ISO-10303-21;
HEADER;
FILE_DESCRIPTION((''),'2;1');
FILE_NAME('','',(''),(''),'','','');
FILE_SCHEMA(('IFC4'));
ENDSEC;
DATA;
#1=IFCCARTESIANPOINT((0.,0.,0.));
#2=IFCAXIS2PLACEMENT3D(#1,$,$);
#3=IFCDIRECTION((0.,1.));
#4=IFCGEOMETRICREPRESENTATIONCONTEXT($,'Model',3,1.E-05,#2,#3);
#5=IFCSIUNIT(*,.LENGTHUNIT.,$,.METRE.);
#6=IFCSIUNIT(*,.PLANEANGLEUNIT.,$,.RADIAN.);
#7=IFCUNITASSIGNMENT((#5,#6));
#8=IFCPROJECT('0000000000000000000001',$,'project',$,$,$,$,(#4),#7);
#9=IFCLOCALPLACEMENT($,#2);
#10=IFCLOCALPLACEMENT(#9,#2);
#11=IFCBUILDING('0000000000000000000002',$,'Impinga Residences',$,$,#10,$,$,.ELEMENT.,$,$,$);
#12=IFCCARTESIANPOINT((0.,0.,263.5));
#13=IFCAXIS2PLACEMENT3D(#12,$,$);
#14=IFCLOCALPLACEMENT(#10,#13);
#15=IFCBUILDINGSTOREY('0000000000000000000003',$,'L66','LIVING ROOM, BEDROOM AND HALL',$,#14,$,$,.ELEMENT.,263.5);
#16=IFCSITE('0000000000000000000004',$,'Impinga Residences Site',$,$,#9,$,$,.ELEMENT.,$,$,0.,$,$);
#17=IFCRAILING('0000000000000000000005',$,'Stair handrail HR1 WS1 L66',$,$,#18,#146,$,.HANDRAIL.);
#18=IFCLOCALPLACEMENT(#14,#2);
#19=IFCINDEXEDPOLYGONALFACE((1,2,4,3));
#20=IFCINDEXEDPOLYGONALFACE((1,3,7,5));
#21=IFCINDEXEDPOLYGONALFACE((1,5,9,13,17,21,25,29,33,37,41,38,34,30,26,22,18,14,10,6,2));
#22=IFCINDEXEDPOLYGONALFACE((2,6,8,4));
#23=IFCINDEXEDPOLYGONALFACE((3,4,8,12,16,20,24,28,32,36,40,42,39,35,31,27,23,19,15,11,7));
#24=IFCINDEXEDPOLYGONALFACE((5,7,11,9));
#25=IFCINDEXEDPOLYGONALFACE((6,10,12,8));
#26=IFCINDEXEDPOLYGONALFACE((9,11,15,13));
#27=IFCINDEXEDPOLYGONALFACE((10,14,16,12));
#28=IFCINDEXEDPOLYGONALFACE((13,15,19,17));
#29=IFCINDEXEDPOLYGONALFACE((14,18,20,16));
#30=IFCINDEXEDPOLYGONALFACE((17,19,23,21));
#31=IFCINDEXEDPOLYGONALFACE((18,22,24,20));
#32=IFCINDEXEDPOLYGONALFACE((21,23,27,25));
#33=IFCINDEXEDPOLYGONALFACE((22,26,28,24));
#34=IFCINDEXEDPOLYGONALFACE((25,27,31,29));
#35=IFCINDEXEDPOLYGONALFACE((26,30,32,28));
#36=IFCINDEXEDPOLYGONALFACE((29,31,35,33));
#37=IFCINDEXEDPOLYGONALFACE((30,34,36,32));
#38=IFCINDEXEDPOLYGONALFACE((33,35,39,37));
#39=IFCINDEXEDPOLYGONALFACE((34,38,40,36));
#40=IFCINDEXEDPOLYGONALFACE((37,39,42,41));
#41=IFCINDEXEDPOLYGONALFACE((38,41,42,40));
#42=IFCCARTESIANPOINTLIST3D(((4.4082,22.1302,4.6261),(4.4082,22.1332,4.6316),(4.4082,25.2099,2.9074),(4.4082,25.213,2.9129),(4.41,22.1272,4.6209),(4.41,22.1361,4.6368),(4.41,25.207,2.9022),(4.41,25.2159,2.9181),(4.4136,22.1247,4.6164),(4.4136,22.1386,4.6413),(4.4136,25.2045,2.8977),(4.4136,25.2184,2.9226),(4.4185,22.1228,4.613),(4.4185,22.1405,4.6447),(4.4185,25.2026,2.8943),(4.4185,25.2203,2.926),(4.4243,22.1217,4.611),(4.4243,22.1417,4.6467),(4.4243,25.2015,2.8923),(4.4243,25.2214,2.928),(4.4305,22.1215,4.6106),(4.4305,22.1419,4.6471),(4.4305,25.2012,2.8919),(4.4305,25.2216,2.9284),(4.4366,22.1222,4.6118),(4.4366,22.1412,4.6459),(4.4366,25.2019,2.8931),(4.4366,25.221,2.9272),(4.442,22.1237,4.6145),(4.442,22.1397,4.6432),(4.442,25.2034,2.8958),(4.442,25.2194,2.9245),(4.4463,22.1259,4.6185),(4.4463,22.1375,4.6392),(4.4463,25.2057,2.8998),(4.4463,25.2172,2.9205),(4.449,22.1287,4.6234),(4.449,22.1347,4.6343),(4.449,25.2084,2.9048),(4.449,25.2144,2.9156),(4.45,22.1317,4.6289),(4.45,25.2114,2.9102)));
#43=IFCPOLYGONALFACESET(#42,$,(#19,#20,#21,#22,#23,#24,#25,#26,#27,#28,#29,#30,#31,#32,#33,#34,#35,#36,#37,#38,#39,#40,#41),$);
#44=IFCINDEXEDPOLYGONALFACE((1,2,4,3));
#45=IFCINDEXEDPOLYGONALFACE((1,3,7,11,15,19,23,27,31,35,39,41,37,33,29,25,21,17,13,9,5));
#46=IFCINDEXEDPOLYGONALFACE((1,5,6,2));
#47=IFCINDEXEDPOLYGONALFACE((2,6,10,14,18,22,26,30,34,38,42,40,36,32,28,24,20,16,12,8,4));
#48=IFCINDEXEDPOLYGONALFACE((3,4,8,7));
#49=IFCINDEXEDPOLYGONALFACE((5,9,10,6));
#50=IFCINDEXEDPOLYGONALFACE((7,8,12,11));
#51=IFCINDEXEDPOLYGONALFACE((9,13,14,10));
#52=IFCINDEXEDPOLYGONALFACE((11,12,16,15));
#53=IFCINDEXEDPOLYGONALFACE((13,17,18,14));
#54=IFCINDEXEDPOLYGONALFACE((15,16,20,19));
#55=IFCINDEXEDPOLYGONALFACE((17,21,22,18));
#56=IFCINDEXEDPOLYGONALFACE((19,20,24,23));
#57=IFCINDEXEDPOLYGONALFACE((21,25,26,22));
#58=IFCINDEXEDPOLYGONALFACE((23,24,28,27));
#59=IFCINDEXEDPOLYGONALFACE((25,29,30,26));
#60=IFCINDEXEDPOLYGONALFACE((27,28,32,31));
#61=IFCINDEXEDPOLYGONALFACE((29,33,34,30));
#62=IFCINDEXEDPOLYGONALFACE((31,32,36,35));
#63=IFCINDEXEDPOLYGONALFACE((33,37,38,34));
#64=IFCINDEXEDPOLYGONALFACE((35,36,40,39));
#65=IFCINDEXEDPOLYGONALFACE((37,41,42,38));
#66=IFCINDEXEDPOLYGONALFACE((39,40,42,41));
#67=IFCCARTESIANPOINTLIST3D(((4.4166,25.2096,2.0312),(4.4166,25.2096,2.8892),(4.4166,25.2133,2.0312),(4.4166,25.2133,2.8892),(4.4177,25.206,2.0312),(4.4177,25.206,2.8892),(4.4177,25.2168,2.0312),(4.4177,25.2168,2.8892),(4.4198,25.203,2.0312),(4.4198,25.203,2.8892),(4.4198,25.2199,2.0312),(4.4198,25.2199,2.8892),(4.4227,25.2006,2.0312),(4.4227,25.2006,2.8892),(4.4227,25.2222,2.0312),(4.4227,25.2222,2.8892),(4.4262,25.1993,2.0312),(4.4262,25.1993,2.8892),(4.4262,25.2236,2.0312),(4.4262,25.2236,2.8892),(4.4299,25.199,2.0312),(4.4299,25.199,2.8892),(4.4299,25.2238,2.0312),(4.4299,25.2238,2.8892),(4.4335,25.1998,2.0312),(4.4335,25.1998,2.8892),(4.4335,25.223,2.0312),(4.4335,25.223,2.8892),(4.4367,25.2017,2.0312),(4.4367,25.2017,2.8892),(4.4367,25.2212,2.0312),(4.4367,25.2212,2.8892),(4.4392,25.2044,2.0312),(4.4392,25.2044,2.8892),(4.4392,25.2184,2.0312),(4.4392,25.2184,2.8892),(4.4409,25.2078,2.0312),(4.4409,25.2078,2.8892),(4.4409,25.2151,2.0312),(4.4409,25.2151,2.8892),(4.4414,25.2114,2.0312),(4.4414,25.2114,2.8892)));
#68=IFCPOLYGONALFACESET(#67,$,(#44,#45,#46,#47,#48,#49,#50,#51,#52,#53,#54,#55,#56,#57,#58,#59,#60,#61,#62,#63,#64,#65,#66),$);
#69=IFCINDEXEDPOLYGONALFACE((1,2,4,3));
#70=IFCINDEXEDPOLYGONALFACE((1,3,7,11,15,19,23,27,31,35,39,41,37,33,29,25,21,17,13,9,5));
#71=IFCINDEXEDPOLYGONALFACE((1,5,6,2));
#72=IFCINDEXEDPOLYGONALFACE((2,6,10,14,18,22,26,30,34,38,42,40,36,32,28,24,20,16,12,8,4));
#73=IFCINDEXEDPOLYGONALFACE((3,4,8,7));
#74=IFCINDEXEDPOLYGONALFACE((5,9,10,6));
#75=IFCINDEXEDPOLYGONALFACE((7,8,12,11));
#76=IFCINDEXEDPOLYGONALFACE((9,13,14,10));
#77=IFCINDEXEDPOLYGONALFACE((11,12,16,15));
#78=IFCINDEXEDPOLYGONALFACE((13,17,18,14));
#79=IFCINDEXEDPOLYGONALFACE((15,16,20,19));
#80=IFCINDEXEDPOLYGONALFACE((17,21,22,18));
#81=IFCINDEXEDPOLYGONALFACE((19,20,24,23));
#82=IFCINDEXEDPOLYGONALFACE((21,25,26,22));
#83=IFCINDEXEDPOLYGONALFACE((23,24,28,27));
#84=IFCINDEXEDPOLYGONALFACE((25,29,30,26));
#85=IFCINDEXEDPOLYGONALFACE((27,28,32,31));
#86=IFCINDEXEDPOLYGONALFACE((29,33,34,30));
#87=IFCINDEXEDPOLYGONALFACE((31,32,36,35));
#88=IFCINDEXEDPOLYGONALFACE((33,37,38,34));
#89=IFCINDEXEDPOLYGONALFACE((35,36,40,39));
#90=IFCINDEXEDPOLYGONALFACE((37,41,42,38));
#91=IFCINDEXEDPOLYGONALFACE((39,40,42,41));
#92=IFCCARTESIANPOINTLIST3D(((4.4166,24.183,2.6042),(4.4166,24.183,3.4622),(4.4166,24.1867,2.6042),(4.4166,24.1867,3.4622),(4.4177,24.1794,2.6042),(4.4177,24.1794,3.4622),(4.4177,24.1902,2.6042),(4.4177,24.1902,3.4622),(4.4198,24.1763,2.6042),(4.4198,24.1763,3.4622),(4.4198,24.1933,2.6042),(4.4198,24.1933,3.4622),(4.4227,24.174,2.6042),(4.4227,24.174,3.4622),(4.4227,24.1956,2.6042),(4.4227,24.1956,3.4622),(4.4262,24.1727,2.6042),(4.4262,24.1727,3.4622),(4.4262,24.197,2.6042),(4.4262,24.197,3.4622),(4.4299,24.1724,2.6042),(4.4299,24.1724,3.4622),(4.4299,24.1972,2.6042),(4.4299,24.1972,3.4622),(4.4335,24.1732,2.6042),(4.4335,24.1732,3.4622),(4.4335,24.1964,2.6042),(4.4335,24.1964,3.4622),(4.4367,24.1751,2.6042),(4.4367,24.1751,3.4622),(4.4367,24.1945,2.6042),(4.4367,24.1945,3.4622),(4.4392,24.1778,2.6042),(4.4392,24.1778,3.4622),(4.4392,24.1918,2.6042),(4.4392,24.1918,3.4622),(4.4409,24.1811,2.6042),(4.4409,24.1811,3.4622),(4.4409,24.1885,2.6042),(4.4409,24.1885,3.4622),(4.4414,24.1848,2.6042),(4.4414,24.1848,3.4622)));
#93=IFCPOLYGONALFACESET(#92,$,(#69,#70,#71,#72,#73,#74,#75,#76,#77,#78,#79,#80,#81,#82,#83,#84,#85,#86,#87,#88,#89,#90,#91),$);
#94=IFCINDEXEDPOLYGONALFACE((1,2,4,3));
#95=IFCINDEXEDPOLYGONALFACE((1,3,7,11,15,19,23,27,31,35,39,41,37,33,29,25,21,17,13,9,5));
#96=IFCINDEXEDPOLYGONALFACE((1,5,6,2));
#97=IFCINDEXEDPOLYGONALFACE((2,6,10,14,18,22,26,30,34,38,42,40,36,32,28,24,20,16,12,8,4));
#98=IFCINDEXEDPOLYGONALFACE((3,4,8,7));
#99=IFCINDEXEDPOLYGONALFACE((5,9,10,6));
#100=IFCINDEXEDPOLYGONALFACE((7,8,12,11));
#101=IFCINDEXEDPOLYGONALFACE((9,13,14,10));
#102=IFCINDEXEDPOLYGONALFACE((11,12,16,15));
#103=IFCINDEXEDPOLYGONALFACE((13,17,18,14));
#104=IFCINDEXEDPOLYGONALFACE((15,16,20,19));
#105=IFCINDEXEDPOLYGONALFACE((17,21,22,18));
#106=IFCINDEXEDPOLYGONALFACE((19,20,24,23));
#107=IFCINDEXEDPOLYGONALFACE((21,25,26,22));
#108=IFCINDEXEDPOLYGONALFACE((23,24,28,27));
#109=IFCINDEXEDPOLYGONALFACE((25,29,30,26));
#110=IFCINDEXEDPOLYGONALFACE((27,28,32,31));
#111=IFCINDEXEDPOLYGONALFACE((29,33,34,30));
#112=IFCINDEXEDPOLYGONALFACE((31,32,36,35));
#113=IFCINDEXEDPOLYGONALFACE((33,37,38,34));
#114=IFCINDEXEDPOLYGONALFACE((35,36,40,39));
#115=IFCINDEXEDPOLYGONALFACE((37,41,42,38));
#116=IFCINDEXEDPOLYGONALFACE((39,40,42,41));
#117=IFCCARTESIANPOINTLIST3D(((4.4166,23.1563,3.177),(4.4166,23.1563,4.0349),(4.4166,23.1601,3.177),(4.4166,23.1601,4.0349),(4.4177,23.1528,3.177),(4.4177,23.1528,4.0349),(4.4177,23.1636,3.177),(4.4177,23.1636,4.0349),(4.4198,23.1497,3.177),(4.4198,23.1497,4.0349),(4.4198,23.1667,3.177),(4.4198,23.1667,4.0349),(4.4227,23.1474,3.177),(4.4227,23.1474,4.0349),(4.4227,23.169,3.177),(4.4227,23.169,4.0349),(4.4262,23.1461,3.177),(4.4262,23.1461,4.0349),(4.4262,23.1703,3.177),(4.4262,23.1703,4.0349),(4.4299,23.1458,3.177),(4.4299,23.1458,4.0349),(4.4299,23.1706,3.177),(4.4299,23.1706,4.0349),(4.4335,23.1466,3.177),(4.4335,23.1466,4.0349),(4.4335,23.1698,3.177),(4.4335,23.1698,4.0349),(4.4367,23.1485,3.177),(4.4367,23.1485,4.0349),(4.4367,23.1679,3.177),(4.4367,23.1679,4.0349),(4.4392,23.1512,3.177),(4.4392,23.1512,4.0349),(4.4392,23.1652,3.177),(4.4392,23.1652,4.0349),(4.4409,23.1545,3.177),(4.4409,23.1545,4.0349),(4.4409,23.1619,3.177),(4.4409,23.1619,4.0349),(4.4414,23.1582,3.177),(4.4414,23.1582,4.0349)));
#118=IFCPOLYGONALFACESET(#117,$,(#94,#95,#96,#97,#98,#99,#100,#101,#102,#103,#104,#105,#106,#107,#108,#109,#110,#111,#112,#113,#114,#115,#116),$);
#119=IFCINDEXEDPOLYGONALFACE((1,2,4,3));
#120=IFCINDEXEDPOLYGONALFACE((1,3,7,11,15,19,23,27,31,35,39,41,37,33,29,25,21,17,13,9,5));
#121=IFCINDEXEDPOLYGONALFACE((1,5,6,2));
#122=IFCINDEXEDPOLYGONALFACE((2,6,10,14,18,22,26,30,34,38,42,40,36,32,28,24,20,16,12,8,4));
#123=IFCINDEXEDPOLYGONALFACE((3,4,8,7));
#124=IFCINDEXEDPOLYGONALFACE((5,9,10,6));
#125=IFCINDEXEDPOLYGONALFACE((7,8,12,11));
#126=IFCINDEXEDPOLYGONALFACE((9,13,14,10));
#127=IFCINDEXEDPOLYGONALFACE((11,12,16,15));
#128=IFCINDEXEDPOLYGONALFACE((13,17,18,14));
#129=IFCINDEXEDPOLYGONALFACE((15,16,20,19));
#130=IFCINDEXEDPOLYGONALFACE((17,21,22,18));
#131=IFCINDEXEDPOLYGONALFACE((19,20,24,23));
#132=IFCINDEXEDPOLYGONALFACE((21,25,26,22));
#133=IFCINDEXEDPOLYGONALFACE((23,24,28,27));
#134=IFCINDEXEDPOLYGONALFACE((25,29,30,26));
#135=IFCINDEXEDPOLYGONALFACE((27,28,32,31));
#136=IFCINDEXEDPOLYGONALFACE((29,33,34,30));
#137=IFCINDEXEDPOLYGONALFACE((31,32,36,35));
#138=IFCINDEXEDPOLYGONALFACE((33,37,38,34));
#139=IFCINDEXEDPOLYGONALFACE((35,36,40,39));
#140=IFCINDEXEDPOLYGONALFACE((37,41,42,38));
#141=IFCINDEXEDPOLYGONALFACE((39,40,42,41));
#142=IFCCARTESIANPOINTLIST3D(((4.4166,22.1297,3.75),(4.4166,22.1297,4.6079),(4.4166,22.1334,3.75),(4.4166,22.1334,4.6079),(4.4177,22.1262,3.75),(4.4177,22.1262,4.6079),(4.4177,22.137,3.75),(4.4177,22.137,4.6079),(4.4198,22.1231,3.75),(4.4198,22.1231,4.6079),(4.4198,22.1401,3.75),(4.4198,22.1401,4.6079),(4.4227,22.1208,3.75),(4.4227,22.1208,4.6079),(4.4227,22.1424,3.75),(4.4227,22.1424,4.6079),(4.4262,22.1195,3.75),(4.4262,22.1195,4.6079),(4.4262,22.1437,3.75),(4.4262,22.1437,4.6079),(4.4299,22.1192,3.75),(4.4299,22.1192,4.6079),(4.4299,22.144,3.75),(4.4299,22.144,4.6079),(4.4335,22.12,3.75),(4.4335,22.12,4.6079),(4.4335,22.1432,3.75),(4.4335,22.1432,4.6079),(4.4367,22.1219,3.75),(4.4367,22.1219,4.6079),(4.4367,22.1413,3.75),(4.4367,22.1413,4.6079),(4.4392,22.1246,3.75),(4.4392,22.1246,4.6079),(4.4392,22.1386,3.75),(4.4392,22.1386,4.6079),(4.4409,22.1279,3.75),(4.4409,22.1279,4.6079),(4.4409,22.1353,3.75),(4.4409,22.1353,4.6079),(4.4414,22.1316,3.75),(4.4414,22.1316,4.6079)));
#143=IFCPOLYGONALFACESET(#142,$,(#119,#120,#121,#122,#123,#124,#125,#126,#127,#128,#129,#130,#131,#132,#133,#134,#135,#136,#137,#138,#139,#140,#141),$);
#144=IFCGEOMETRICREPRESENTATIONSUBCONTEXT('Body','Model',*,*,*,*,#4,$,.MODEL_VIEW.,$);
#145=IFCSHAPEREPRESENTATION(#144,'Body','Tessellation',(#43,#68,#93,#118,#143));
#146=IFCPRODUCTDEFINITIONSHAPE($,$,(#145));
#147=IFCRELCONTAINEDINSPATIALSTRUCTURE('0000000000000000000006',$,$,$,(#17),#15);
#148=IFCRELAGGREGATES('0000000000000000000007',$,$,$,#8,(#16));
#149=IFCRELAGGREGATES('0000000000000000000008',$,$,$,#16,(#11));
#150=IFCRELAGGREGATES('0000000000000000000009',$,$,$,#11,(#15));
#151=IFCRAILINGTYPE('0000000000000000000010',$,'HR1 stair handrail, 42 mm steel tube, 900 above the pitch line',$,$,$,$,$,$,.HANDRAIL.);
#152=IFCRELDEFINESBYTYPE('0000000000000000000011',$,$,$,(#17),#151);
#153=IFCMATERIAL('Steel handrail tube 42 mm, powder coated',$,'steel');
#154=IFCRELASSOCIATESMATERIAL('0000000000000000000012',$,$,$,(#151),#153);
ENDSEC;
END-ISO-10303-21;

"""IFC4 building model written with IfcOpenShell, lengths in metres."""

from ifc_helpers import new_model, si_unit, direction, frame, origin, origin_2d, place, context, subcontext, project, spatial, circle, extrude, material, type_object, element, save


model = new_model("IFC4")

# Units and contexts
model_context = context("Model", 3, precision=1e-05, world=origin(), true_north=direction((0.0, 1.0)))
body_context = subcontext(model_context, "Body", "Model", "MODEL_VIEW")
ifc_project = project(units=[si_unit("LENGTHUNIT", "METRE"), si_unit("PLANEANGLEUNIT", "RADIAN")], contexts=[model_context])

# Site, building, storey
site_placement = place(None, origin())
site = spatial("IfcSite", under=ifc_project, at=site_placement, Name="Impinga Residences Site", CompositionType="ELEMENT", RefElevation=0.0)
building_placement = place(site_placement, origin())
building = spatial("IfcBuilding", under=site, at=building_placement, Name="Impinga Residences", CompositionType="ELEMENT")
storey_placement = place(building_placement, frame((0.0, 0.0, 263.5)))
storey = spatial("IfcBuildingStorey", under=building, at=storey_placement, Name="L66", Description="LIVING ROOM, BEDROOM AND HALL", CompositionType="ELEMENT", Elevation=263.5)

# Railing
ifc_material_1 = material(Name="Steel handrail tube 42 mm, powder coated", Category="steel")
railing_type_1 = type_object("IfcRailingType", Name="HR1 stair handrail, 42 mm steel tube, 900 above the pitch line", PredefinedType="HANDRAIL", material=ifc_material_1)
railing_1_placement = place(storey_placement, frame((4.429, 25.2114, 2.0312)))
element("IfcRailing", 1, at=railing_1_placement, inside=storey, type_object=railing_type_1, Name="Stair handrail HR1 WS1 L66", PredefinedType="HANDRAIL", context=body_context, shape_type="SweptSolid", body=[
    extrude(circle(Radius=0.021, at=origin_2d()), frame((0.0, 0.0, 0.8789), z_axis=(0.0, -0.873225, 0.487317), x_axis=(1.0, 0.0, 0.0)), (0.0, 0.0, 1.0), 3.5269),
    extrude(circle(Radius=0.0125, at=origin_2d()), origin(), (0.0, 0.0, 1.0), 0.8579),
    extrude(circle(Radius=0.0125, at=origin_2d()), frame((0.0, -1.0266, 0.573)), (0.0, 0.0, 1.0), 0.8579),
    extrude(circle(Radius=0.0125, at=origin_2d()), frame((0.0, -2.0532, 1.1458)), (0.0, 0.0, 1.0), 0.8579),
    extrude(circle(Radius=0.0125, at=origin_2d()), frame((0.0, -3.0798, 1.7188)), (0.0, 0.0, 1.0), 0.8579),
])

save(model, "model.ifc")
